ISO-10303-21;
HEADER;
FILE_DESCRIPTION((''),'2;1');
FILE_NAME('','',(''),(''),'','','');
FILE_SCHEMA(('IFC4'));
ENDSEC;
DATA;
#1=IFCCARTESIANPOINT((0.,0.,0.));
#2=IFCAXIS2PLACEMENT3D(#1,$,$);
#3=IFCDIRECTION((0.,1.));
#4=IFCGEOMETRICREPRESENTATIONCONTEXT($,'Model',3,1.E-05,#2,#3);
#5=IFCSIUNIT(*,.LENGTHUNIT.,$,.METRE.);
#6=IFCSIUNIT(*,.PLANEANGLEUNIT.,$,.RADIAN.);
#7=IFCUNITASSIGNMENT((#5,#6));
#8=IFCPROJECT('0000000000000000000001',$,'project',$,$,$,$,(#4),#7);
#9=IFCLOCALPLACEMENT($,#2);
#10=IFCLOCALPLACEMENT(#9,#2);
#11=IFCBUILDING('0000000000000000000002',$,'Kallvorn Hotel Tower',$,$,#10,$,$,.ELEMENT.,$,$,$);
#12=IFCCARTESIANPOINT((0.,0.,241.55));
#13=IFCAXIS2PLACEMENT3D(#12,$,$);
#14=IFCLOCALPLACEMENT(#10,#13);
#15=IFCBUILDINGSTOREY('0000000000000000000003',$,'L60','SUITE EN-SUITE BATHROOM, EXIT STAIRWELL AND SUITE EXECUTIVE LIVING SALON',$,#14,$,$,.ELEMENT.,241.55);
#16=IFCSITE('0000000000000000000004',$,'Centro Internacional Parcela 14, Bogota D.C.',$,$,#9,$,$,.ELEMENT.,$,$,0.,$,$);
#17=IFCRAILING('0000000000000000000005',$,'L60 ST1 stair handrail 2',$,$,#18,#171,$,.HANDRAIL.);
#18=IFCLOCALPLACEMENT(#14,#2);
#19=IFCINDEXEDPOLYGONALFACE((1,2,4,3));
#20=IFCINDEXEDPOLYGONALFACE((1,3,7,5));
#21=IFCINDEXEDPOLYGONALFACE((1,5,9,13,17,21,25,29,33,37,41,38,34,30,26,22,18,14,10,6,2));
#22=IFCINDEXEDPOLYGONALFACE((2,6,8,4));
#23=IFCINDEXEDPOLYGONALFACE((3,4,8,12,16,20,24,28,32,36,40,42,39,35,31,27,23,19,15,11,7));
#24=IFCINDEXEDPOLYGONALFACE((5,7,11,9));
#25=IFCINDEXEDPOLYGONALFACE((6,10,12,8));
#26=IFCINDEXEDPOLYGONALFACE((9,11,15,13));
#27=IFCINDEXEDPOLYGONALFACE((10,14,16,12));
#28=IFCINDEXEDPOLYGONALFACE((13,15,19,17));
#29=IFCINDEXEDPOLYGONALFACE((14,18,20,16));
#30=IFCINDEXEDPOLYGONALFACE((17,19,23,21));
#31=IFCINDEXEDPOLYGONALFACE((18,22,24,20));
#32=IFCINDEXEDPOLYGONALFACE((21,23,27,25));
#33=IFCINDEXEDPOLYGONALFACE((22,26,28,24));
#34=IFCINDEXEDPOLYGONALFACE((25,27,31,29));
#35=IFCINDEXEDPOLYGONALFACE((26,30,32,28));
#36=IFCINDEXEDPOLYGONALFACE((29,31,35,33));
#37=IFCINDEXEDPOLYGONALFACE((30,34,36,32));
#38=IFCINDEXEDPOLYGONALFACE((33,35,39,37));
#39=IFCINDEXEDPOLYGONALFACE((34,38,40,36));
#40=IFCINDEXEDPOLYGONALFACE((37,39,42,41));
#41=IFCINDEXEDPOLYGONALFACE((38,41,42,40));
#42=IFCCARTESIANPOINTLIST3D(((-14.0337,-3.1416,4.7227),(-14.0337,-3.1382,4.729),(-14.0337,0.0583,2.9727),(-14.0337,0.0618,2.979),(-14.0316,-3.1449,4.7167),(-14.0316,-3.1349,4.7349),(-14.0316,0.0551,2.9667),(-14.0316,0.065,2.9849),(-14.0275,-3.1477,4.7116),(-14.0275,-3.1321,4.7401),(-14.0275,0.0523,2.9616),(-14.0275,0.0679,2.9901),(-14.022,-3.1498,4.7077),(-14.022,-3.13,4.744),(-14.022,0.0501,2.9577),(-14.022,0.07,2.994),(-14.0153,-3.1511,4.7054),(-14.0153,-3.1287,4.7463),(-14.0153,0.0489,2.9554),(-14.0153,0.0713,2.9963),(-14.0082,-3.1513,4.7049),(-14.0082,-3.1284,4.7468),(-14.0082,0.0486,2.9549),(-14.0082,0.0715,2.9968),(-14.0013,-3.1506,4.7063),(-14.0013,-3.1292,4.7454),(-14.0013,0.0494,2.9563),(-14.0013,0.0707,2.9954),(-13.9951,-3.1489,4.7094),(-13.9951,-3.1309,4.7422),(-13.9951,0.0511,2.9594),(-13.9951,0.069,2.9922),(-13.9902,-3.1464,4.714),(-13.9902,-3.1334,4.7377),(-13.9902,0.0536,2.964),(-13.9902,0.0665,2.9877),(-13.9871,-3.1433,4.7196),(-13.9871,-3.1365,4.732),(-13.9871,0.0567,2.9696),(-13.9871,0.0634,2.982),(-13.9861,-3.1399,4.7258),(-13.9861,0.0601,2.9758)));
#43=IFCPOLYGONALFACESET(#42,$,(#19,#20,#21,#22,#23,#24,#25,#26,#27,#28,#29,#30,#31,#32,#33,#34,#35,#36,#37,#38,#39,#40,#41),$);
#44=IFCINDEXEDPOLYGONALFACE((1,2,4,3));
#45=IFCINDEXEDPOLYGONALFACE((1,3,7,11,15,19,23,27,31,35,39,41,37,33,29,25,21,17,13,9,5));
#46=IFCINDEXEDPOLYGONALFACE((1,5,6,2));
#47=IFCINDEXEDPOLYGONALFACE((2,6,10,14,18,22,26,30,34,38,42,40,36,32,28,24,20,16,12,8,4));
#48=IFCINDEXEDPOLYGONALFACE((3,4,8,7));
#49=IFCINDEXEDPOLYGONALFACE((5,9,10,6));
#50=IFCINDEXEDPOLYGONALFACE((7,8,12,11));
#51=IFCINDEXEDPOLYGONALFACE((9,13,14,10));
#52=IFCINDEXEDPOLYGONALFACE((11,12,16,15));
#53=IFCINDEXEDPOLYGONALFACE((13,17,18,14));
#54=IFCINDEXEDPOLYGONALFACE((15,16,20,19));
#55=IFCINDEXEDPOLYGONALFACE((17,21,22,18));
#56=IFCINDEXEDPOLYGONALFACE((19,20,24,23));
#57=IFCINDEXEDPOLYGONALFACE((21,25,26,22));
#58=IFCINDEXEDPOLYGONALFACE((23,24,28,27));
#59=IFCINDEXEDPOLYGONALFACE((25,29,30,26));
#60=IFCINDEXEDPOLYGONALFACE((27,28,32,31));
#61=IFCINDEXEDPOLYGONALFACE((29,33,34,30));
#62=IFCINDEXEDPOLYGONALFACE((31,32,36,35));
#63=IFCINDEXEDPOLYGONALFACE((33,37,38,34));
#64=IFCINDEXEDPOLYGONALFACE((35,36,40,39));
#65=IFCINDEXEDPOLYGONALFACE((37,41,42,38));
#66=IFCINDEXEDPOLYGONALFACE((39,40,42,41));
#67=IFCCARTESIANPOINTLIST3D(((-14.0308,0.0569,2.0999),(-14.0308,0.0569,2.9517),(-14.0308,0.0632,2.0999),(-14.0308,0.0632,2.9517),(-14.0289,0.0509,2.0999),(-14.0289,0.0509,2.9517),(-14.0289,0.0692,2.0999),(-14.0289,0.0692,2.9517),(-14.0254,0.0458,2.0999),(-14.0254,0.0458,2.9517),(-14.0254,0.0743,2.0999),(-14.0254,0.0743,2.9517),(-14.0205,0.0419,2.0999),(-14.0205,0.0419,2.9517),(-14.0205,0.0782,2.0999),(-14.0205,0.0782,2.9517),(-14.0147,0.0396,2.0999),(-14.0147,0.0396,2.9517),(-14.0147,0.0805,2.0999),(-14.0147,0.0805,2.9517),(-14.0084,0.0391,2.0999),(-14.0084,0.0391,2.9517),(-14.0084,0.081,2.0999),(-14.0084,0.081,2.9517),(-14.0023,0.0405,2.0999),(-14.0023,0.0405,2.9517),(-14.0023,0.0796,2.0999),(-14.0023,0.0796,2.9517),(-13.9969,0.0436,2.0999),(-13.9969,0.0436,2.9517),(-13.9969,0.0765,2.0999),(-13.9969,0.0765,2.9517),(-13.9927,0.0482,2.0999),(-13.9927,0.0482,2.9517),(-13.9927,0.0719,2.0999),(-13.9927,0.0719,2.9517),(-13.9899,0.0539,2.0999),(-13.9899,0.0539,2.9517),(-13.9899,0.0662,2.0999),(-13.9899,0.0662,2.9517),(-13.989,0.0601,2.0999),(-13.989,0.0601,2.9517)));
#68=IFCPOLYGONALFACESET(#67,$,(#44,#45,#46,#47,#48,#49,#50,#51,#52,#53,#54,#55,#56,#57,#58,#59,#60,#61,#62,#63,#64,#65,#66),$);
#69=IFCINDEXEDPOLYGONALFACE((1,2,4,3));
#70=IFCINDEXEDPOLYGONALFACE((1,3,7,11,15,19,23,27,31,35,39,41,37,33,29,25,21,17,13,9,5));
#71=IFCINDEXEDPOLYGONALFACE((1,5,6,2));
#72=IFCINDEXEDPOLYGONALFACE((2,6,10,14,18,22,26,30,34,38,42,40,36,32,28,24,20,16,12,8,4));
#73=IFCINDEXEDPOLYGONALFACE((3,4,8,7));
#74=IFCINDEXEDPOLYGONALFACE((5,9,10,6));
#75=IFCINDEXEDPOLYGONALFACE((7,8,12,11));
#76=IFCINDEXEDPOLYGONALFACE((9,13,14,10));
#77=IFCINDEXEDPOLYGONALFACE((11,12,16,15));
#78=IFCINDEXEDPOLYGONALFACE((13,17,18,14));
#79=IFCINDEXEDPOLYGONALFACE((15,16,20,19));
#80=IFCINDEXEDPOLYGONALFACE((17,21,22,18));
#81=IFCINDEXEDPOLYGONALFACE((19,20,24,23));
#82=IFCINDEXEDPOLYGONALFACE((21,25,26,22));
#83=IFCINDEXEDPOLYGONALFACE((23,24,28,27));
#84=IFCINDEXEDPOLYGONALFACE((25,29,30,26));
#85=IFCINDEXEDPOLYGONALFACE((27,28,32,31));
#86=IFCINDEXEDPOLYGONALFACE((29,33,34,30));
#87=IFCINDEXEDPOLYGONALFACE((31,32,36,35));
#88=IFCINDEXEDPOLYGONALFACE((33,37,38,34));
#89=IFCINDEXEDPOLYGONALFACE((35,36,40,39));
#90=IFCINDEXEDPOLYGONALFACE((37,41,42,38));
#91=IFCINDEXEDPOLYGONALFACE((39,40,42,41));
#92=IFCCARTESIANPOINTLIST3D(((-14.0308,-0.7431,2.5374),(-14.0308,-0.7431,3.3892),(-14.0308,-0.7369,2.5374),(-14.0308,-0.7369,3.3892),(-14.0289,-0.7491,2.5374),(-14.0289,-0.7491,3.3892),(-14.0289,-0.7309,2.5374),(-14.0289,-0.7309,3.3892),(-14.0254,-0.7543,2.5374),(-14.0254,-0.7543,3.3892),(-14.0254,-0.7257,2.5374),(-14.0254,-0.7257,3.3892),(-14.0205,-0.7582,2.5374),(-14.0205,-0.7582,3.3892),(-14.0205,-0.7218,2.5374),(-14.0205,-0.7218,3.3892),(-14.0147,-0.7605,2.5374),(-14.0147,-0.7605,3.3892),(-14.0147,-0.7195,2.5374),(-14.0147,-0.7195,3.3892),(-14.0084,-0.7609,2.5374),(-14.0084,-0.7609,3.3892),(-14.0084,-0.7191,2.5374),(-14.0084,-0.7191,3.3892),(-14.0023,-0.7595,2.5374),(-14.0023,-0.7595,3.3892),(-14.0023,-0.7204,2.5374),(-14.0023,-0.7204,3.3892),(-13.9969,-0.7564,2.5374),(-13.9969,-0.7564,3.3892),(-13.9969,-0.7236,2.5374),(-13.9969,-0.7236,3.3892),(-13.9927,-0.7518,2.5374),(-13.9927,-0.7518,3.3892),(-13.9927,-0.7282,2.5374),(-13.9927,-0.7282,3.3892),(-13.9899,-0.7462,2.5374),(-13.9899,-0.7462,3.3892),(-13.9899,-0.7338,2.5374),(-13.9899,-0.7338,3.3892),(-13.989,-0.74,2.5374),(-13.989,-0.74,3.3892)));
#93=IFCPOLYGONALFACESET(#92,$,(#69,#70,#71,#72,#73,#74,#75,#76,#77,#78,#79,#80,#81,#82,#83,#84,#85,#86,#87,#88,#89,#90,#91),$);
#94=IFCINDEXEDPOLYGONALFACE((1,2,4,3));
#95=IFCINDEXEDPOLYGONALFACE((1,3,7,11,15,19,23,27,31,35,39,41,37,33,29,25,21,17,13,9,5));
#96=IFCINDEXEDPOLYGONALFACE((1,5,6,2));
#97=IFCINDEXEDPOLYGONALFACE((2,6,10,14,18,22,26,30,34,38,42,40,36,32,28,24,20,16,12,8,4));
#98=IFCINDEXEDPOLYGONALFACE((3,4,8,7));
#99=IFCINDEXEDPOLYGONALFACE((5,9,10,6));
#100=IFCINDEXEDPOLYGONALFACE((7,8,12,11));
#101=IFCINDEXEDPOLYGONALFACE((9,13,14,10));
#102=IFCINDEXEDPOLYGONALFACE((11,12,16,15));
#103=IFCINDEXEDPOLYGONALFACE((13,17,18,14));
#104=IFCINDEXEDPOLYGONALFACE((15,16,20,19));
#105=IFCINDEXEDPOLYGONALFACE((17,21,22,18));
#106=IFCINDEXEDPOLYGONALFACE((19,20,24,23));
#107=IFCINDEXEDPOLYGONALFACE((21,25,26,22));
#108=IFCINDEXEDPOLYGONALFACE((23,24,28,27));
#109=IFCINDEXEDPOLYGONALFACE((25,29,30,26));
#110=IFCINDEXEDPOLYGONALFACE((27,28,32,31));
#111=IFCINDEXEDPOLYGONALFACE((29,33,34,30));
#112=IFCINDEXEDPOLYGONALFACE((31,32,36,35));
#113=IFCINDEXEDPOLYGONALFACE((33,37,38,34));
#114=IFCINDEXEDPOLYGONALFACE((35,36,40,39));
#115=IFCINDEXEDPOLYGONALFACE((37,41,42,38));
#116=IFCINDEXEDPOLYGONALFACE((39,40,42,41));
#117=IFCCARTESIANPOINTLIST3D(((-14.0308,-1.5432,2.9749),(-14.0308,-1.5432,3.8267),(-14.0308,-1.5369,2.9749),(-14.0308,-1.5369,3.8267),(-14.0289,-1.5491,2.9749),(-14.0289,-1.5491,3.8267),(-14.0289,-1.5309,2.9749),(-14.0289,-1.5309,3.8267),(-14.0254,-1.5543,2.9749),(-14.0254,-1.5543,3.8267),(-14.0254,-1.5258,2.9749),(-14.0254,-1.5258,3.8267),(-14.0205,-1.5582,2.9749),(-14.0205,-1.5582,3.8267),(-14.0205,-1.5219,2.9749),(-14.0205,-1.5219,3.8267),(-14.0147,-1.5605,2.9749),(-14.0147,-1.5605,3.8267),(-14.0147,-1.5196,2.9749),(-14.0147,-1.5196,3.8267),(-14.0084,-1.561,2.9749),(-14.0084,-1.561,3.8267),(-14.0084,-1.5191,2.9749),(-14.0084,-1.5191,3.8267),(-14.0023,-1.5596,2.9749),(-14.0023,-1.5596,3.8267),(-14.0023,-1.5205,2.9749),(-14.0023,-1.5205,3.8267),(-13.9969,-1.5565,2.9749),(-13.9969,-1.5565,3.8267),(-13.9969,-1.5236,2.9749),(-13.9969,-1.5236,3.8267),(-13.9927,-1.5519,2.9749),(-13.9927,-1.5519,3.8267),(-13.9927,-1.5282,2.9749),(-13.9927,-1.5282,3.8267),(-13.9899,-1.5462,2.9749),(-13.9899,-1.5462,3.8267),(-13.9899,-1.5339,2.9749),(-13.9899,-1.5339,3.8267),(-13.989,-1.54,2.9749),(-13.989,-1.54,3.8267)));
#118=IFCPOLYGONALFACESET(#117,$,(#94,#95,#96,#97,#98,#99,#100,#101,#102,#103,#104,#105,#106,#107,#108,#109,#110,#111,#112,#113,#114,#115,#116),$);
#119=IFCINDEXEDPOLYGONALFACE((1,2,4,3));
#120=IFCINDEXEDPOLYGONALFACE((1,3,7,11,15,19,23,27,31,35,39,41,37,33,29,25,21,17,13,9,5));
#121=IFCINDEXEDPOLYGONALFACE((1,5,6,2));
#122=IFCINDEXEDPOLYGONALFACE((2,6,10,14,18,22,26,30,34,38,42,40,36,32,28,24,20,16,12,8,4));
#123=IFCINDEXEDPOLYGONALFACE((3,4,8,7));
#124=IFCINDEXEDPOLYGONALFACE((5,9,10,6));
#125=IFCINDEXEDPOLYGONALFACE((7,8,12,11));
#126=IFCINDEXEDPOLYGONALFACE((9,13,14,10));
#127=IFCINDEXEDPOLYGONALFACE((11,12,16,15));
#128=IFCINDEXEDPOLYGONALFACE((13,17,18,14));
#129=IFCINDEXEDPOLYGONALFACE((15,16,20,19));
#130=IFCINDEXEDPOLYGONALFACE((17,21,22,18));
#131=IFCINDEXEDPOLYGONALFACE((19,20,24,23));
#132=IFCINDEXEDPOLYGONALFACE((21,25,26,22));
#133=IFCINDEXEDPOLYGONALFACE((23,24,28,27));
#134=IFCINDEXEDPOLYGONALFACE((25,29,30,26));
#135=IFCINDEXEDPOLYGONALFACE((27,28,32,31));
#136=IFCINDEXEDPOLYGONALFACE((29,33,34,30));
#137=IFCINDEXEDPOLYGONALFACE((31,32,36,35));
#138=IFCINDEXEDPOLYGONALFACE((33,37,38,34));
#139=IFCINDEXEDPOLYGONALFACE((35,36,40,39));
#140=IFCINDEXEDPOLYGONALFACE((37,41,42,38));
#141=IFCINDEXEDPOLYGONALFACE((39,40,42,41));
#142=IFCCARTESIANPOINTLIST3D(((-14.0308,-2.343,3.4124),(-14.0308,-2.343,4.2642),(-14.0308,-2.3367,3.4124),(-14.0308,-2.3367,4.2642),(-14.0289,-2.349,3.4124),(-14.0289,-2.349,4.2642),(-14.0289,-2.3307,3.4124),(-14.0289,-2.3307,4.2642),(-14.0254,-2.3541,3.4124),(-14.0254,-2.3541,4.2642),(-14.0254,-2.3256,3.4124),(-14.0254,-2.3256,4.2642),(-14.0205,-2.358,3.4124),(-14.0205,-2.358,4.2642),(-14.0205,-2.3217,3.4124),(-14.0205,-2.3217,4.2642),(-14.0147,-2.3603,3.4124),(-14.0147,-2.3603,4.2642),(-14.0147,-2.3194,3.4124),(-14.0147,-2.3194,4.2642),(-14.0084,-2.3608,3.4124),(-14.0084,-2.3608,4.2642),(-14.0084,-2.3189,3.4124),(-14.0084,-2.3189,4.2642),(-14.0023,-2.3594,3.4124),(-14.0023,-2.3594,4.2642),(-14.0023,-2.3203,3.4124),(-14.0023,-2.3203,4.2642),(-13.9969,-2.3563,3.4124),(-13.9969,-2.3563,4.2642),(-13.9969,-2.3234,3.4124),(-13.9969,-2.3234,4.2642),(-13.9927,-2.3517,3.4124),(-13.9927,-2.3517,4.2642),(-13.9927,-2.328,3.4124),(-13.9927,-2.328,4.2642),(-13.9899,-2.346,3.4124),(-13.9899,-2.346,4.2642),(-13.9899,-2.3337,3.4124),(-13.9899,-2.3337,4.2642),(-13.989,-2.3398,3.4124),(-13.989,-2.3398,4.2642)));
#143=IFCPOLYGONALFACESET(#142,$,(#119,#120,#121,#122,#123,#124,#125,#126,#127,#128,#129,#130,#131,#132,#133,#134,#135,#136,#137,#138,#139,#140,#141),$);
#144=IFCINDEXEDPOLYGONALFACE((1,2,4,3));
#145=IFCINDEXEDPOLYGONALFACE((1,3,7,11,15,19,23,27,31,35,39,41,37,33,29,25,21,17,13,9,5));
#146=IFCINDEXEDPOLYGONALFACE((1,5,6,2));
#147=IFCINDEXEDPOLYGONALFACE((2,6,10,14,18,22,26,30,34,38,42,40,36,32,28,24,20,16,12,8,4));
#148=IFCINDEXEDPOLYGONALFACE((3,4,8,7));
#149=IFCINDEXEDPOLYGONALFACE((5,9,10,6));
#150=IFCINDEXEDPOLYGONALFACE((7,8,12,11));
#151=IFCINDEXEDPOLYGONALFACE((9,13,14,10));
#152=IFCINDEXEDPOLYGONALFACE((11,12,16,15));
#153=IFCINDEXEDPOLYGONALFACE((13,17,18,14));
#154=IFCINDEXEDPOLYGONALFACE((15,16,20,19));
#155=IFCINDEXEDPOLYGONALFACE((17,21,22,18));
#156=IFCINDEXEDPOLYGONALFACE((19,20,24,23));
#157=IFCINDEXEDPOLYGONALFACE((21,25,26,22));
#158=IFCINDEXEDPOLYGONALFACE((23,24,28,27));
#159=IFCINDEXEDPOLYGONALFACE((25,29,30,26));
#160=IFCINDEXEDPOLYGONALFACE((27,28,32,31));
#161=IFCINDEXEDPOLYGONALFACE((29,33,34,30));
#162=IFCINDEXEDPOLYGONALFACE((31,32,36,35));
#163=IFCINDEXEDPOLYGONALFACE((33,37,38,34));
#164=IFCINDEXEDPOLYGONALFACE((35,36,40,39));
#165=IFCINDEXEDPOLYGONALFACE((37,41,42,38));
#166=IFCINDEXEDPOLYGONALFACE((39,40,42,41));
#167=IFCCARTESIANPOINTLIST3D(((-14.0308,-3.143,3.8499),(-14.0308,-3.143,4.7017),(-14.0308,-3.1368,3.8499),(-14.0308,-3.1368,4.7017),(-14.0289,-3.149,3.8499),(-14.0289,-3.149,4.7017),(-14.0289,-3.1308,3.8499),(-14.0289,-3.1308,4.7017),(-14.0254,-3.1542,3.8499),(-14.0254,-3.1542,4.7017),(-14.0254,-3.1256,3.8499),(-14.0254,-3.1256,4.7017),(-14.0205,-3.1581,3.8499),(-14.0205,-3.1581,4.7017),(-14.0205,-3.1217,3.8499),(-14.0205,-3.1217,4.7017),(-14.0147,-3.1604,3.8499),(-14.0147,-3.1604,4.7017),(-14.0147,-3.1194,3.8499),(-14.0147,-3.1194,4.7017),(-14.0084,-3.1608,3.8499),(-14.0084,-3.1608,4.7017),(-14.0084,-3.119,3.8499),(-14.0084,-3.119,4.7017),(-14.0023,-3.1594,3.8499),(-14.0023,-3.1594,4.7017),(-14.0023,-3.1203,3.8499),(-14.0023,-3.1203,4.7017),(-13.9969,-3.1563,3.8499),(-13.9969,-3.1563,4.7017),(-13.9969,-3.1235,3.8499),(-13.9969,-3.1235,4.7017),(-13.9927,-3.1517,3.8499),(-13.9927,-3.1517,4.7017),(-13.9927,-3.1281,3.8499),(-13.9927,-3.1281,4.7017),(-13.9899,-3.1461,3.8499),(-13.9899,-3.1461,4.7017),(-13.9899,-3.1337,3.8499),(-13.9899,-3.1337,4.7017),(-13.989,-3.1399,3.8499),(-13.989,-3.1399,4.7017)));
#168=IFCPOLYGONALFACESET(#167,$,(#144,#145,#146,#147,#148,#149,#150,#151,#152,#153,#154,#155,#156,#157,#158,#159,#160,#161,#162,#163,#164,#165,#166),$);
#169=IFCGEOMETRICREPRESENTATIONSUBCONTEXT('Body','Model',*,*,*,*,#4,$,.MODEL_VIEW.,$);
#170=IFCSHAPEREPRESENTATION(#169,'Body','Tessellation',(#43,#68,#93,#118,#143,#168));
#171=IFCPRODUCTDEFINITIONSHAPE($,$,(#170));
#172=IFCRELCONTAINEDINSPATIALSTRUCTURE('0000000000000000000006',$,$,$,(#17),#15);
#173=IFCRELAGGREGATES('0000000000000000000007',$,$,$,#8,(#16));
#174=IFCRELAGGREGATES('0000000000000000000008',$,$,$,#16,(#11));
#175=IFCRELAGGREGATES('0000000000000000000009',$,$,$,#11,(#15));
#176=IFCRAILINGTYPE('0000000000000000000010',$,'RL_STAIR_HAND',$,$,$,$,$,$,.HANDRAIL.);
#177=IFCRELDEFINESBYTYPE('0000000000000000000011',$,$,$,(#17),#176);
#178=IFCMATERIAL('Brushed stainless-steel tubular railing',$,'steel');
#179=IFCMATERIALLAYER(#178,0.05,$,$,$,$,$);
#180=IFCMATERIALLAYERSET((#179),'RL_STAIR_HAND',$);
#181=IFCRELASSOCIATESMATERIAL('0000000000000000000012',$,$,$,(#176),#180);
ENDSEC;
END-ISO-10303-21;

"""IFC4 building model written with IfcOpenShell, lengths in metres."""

from ifc_helpers import new_model, si_unit, direction, frame, origin, origin_2d, place, context, subcontext, project, spatial, circle, extrude, material, layer, layer_set, type_object, element, save


model = new_model("IFC4")

# Units and contexts
model_context = context("Model", 3, precision=1e-05, world=origin(), true_north=direction((0.0, 1.0)))
body_context = subcontext(model_context, "Body", "Model", "MODEL_VIEW")
ifc_project = project(units=[si_unit("LENGTHUNIT", "METRE"), si_unit("PLANEANGLEUNIT", "RADIAN")], contexts=[model_context])

# Site, building, storey
site_placement = place(None, origin())
site = spatial("IfcSite", under=ifc_project, at=site_placement, Name="Centro Internacional Parcela 14, Bogota D.C.", CompositionType="ELEMENT", RefElevation=0.0)
building_placement = place(site_placement, origin())
building = spatial("IfcBuilding", under=site, at=building_placement, Name="Kallvorn Hotel Tower", CompositionType="ELEMENT")
storey_placement = place(building_placement, frame((0.0, 0.0, 241.55)))
storey = spatial("IfcBuildingStorey", under=building, at=storey_placement, Name="L60", Description="SUITE EN-SUITE BATHROOM, EXIT STAIRWELL AND SUITE EXECUTIVE LIVING SALON", CompositionType="ELEMENT", Elevation=241.55)

# Railing
ifc_material_1 = material(Name="Brushed stainless-steel tubular railing", Category="steel")
ifc_layer_1 = layer(ifc_material_1, 0.05)
ifc_layer_set_1 = layer_set([ifc_layer_1], Name="RL_STAIR_HAND")
railing_type_1 = type_object("IfcRailingType", Name="RL_STAIR_HAND", PredefinedType="HANDRAIL", material=ifc_layer_set_1)
railing_1_placement = place(storey_placement, frame((-14.01, 0.0601, 2.0999)))
element("IfcRailing", 1, at=railing_1_placement, inside=storey, type_object=railing_type_1, Name="L60 ST1 stair handrail 2", PredefinedType="HANDRAIL", context=body_context, shape_type="SweptSolid", body=[
    extrude(circle(Radius=0.0239, at=origin_2d()), frame((0.0, 0.0, 0.876), z_axis=(0.0, -0.877368, 0.479818), x_axis=(1.0, 0.0, 0.0)), (0.0, 0.0, 1.0), 3.6472),
    extrude(circle(Radius=0.021, at=origin_2d()), origin(), (0.0, 0.0, 1.0), 0.8518),
    extrude(circle(Radius=0.021, at=origin_2d()), frame((0.0, -0.8, 0.4375)), (0.0, 0.0, 1.0), 0.8518),
    extrude(circle(Radius=0.021, at=origin_2d()), frame((0.0, -1.6001, 0.875)), (0.0, 0.0, 1.0), 0.8518),
    extrude(circle(Radius=0.021, at=origin_2d()), frame((0.0, -2.3999, 1.3125)), (0.0, 0.0, 1.0), 0.8518),
    extrude(circle(Radius=0.021, at=origin_2d()), frame((0.0, -3.2, 1.75)), (0.0, 0.0, 1.0), 0.8518),
])

save(model, "model.ifc")
